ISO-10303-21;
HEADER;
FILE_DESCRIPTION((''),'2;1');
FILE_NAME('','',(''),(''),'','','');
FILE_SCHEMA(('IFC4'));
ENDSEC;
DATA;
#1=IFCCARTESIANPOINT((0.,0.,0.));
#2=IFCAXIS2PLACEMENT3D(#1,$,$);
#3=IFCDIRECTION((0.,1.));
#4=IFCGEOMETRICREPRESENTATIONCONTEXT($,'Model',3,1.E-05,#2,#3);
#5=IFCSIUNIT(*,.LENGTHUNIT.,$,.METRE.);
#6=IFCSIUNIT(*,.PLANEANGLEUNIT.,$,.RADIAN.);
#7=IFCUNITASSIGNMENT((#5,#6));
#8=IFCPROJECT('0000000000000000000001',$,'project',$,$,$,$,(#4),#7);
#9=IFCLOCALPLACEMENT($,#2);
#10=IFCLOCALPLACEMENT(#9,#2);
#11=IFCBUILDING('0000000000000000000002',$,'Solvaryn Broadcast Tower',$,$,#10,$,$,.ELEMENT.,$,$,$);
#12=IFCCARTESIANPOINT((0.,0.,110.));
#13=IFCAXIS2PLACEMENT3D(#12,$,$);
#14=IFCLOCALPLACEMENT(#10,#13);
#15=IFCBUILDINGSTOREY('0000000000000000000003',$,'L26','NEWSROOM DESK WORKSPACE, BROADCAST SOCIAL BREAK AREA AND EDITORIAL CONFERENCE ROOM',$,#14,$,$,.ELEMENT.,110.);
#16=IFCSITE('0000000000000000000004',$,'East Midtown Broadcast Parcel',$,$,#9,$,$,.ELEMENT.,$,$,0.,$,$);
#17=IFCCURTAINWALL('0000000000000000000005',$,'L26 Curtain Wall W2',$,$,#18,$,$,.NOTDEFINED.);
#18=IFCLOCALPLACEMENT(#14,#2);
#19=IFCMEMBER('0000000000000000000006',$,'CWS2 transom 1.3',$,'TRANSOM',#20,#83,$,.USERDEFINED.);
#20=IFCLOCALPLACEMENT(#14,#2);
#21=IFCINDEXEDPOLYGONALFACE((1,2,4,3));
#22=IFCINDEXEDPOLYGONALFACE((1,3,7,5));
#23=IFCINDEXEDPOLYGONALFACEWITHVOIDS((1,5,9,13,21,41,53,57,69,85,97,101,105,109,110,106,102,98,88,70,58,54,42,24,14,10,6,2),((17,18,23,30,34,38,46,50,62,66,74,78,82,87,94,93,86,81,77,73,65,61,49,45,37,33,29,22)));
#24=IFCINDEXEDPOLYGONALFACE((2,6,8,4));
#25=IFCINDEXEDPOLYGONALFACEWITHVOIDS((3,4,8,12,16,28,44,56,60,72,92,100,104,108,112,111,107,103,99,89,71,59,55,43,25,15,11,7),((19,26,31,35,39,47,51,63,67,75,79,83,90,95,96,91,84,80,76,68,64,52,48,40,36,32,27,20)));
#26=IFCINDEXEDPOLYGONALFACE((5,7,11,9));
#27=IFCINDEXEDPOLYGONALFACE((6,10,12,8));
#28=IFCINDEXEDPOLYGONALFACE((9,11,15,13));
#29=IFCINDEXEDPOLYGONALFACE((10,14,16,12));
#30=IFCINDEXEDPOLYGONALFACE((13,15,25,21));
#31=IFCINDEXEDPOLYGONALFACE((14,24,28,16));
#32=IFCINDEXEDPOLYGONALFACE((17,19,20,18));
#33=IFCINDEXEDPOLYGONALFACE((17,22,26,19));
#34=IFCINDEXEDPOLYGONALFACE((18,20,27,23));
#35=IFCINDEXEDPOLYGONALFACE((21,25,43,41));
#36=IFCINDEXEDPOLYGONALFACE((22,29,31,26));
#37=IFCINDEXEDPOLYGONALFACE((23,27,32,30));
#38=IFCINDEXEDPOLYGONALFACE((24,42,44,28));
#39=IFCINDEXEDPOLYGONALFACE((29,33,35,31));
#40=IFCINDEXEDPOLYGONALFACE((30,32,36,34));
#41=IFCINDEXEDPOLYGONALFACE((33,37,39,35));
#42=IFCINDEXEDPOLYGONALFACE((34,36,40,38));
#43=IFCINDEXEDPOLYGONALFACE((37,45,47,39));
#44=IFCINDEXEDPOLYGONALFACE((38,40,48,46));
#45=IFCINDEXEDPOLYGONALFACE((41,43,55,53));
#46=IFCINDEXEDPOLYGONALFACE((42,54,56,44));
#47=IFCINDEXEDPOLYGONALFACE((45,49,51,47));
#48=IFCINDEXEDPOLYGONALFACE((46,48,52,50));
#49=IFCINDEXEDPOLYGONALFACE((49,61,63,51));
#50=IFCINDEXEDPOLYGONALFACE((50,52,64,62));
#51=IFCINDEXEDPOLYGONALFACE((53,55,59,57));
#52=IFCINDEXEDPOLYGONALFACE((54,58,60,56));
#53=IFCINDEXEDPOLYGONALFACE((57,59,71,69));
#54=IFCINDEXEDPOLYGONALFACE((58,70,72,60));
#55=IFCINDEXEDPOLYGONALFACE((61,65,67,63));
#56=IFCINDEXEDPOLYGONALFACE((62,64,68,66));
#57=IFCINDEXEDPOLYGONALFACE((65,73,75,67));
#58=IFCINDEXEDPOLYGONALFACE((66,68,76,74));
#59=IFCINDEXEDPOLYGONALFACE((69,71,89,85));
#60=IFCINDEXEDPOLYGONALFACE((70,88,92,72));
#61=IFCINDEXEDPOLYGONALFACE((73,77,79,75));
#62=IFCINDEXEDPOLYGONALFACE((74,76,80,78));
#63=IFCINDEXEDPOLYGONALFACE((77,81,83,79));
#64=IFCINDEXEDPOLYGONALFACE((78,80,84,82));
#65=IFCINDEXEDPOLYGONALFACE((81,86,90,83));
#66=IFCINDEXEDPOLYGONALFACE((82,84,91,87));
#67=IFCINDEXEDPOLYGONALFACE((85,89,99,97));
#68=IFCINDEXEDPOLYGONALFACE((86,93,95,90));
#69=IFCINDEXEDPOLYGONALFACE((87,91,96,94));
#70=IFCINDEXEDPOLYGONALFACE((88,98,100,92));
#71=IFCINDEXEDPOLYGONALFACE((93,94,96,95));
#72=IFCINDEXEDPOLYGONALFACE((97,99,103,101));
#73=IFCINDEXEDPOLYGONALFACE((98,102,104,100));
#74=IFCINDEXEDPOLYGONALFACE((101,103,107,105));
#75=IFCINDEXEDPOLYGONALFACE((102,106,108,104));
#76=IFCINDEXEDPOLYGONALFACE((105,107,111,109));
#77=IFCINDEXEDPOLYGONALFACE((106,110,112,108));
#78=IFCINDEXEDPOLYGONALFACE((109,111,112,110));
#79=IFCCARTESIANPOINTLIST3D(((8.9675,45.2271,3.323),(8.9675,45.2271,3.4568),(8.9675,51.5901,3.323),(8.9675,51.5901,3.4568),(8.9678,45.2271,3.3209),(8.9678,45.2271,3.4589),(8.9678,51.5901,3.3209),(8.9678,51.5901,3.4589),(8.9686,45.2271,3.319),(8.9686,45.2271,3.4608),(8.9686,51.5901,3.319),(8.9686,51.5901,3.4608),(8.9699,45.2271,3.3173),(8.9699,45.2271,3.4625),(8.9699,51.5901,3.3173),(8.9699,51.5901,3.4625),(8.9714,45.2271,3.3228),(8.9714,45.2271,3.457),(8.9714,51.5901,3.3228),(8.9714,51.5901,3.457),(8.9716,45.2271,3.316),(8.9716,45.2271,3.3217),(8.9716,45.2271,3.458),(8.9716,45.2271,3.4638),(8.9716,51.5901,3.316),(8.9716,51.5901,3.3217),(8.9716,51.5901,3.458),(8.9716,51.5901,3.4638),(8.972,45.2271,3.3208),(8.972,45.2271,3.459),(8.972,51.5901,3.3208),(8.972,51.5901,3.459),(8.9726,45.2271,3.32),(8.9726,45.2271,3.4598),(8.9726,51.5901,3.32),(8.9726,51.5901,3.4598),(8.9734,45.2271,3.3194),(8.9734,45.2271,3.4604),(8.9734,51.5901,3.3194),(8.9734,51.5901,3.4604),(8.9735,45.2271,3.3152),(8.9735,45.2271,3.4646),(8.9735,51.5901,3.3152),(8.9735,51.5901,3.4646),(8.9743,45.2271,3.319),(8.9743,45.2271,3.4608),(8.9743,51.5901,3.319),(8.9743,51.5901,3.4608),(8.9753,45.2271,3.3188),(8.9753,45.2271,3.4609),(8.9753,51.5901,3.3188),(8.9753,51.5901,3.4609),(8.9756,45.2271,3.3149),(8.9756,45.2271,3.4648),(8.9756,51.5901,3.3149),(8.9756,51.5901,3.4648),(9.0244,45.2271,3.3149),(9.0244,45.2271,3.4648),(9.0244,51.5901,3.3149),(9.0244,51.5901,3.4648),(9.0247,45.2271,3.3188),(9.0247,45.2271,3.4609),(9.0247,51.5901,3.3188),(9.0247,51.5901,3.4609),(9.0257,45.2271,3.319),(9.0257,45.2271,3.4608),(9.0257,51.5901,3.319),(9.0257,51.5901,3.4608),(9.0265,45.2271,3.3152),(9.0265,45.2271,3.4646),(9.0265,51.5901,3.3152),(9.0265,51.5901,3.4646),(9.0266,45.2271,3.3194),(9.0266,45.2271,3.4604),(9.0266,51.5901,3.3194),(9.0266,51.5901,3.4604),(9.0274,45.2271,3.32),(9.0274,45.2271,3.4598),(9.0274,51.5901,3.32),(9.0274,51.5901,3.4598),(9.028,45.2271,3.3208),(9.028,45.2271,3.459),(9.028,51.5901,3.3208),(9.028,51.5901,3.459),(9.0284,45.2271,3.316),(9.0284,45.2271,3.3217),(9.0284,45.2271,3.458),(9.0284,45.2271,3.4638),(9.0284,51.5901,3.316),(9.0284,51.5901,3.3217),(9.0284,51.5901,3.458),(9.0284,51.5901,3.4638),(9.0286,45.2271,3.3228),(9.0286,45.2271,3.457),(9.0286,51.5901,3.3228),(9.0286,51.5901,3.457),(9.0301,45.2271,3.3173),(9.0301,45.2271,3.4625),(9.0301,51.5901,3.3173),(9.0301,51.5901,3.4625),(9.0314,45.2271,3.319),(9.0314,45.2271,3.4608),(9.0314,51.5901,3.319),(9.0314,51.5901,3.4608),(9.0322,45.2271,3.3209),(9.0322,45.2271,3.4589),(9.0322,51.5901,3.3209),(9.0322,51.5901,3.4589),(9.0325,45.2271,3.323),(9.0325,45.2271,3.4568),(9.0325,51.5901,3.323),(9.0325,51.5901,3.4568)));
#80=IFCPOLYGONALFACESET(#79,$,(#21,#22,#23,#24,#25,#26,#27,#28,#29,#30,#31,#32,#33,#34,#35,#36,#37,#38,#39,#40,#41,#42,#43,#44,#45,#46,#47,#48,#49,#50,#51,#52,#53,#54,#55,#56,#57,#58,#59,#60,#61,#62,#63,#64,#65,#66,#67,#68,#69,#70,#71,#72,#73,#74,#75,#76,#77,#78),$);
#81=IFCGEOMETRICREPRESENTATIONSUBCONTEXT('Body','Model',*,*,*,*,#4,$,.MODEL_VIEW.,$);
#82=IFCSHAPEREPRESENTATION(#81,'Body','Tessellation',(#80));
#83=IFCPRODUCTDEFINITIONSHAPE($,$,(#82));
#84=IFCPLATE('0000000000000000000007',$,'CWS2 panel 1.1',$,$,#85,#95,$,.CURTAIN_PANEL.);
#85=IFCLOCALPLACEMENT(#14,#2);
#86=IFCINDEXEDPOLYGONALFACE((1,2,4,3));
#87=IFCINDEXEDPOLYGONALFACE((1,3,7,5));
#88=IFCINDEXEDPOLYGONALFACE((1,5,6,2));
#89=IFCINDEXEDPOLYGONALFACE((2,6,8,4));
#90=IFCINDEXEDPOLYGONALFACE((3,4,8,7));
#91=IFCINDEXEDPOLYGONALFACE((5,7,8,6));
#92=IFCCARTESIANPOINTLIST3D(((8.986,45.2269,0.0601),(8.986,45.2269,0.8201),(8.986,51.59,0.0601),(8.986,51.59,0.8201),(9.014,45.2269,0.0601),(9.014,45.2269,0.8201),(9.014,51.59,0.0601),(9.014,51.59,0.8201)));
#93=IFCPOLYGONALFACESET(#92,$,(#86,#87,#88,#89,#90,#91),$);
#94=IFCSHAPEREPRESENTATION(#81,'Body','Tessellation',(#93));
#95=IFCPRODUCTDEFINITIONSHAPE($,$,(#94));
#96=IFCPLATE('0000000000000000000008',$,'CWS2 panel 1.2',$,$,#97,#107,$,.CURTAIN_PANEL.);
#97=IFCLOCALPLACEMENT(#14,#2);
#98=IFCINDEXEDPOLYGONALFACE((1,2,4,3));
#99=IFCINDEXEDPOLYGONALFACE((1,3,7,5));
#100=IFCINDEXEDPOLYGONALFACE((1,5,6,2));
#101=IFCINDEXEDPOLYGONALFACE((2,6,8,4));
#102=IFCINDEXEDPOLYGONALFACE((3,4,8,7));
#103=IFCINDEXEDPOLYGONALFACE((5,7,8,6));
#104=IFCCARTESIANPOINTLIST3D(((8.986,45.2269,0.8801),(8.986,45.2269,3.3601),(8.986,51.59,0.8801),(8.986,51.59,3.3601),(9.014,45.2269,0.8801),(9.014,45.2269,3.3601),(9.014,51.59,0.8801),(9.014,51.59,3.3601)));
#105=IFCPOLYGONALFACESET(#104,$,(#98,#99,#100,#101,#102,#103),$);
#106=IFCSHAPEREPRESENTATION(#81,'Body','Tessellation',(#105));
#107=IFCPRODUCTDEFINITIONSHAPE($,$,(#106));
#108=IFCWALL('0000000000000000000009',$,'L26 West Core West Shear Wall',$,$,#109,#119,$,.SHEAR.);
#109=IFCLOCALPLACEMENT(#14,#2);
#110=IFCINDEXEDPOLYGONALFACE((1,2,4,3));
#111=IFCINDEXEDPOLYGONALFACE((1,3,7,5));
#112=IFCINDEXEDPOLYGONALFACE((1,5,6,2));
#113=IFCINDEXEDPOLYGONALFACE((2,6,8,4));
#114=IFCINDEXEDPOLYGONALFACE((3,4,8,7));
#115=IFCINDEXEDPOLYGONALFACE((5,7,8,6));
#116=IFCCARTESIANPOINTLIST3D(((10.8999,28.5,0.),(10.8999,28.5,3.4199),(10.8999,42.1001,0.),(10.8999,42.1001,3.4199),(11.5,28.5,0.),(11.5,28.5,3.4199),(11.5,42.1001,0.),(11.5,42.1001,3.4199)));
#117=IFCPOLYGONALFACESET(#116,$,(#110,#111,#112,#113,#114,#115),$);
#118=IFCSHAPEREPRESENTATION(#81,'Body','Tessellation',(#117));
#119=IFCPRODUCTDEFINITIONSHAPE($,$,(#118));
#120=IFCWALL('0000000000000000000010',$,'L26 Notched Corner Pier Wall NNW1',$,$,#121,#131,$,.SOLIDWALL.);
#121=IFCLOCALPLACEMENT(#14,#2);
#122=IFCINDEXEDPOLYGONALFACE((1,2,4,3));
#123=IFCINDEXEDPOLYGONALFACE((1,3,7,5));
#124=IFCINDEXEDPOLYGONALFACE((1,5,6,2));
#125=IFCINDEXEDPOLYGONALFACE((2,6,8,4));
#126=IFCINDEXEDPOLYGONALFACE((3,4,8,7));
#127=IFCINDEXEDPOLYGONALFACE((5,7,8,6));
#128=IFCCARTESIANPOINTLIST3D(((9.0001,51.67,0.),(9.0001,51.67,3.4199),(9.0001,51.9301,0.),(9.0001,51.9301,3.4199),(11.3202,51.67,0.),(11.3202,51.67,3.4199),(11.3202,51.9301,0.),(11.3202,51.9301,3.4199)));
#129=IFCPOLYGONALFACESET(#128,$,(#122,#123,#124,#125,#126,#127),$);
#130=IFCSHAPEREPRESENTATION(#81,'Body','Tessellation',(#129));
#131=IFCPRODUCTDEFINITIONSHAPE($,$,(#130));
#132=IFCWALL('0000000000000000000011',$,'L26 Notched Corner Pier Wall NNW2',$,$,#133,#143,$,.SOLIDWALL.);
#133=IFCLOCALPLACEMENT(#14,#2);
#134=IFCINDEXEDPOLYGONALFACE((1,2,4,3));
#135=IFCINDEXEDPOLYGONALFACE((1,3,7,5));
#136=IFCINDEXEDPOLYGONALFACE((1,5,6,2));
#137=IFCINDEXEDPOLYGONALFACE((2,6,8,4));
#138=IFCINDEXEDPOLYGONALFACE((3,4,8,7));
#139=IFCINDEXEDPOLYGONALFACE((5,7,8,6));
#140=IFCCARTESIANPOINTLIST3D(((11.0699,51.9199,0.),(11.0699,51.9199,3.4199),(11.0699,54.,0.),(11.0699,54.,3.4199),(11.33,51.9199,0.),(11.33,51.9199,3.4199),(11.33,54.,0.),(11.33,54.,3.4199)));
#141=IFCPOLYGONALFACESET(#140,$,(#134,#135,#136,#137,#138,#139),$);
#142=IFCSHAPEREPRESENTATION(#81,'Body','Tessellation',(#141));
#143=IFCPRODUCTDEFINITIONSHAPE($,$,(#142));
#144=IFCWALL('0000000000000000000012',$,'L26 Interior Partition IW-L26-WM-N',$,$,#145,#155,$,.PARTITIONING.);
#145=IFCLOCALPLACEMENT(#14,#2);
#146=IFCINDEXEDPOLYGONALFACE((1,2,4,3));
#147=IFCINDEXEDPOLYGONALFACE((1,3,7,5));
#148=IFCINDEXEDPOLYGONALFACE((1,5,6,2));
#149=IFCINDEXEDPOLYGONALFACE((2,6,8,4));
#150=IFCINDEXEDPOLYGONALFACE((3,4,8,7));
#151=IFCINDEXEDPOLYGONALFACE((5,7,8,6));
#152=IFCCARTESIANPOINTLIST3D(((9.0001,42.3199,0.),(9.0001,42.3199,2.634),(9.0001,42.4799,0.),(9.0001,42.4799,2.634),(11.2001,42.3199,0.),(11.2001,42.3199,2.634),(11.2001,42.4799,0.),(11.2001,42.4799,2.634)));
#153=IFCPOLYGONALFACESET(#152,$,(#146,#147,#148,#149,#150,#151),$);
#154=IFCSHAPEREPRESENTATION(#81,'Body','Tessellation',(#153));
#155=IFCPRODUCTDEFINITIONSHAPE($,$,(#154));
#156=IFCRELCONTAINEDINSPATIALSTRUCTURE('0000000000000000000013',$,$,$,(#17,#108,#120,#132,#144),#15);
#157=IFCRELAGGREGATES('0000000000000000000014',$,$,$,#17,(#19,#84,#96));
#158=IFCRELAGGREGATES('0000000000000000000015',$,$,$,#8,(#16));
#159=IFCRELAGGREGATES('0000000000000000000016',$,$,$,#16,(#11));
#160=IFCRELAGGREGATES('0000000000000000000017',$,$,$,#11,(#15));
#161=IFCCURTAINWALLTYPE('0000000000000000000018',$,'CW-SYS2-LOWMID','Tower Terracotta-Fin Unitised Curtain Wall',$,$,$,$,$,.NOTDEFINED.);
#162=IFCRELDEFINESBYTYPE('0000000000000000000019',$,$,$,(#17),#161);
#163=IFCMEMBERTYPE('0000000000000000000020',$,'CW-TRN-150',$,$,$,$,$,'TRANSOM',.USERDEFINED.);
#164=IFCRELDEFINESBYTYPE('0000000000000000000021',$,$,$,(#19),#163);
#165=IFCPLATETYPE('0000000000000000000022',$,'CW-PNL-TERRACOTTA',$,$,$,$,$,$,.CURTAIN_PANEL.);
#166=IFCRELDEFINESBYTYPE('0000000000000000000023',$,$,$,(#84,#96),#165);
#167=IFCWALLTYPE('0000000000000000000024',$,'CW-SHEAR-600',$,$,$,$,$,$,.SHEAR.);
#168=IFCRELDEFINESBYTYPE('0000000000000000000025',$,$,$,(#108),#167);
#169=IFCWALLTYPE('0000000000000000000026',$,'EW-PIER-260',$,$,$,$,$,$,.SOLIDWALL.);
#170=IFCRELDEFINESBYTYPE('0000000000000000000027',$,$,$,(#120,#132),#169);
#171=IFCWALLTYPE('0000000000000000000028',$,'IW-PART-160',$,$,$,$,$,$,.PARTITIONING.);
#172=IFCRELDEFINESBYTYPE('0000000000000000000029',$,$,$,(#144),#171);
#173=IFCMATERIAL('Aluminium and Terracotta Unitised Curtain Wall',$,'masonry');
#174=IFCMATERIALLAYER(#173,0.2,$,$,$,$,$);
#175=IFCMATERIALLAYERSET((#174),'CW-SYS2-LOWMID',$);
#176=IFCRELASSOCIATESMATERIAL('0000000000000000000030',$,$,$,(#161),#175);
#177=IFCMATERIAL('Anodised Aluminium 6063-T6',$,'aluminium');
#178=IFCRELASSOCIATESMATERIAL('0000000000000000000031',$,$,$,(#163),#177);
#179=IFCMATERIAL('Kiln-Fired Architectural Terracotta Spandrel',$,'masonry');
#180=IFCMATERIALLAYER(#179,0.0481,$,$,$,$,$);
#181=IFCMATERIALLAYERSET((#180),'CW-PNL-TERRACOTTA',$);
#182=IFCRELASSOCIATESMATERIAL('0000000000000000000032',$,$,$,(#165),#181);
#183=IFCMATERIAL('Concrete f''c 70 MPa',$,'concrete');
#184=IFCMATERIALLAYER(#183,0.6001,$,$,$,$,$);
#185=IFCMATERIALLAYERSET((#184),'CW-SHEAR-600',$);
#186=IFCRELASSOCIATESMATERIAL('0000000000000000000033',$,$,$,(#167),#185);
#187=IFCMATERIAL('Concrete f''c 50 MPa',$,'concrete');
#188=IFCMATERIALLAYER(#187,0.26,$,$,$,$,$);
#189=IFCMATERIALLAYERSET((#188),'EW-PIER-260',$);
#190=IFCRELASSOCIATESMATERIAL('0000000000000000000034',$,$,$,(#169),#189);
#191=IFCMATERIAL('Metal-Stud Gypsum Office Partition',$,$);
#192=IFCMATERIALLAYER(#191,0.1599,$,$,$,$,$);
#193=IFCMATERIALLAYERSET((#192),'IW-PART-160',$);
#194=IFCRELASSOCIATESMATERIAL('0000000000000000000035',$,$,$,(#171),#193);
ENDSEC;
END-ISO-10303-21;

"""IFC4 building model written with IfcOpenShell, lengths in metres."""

from ifc_helpers import new_model, si_unit, direction, frame, frame_2d, origin, origin_2d, place, context, subcontext, project, spatial, rectangle, hollow_rectangle, extrude, material, layer, layer_set, material_profile, profile_set, type_object, element, aggregate, save


model = new_model("IFC4")

# Units and contexts
model_context = context("Model", 3, precision=1e-05, world=origin(), true_north=direction((0.0, 1.0)))
body_context = subcontext(model_context, "Body", "Model", "MODEL_VIEW")
ifc_project = project(units=[si_unit("LENGTHUNIT", "METRE"), si_unit("PLANEANGLEUNIT", "RADIAN")], contexts=[model_context])

# Site, building, storey
site_placement = place(None, origin())
site = spatial("IfcSite", under=ifc_project, at=site_placement, Name="East Midtown Broadcast Parcel", CompositionType="ELEMENT", RefElevation=0.0)
building_placement = place(site_placement, origin())
building = spatial("IfcBuilding", under=site, at=building_placement, Name="Solvaryn Broadcast Tower", CompositionType="ELEMENT")
storey_placement = place(building_placement, frame((0.0, 0.0, 110.0)))
storey = spatial("IfcBuildingStorey", under=building, at=storey_placement, Name="L26", Description="NEWSROOM DESK WORKSPACE, BROADCAST SOCIAL BREAK AREA AND EDITORIAL CONFERENCE ROOM", CompositionType="ELEMENT", Elevation=110.0)

# Shared definitions
ifc_material_1 = material(Name="Aluminium and Terracotta Unitised Curtain Wall", Category="masonry")
ifc_layer_1 = layer(ifc_material_1, 0.2)
ifc_layer_set_1 = layer_set([ifc_layer_1], Name="CW-SYS2-LOWMID")
curtain_wall_type = type_object("IfcCurtainWallType", Name="CW-SYS2-LOWMID", Description="Tower Terracotta-Fin Unitised Curtain Wall", PredefinedType="NOTDEFINED", material=ifc_layer_set_1)

# Curtain wall
curtain_wall_1_placement = place(storey_placement, origin())
curtain_wall_1 = element("IfcCurtainWall", 1, at=curtain_wall_1_placement, inside=storey, type_object=curtain_wall_type, Name="L26 Curtain Wall W2", PredefinedType="NOTDEFINED")

# Member
ifc_material_2 = material(Name="Anodised Aluminium 6063-T6", Category="aluminium")
ifc_material_profile_1 = material_profile(ifc_material_2, hollow_rectangle(XDim=0.0649, YDim=0.1499, WallThickness=0.0039, InnerFilletRadius=0.0039, OuterFilletRadius=0.0081, at=origin_2d()))
ifc_profile_set_1 = profile_set([ifc_material_profile_1], Name="Anodised Aluminium 6063-T6")
member_type_1 = type_object("IfcMemberType", Name="CW-TRN-150", ElementType="TRANSOM", PredefinedType="USERDEFINED", material=ifc_profile_set_1)
member_1_placement = place(storey_placement, frame((9.0, 45.2271, 3.3899), z_axis=(0.0, 1.0, 0.0), x_axis=(-1.0, 0.0, 0.0)))
member_1 = element("IfcMember", 2, at=member_1_placement, type_object=member_type_1, Name="CWS2 transom 1.3", ObjectType="TRANSOM", PredefinedType="USERDEFINED", context=body_context, shape_type="SweptSolid", body=[
    extrude(hollow_rectangle(XDim=0.0649, YDim=0.1499, WallThickness=0.0039, InnerFilletRadius=0.0039, OuterFilletRadius=0.0081, at=origin_2d()), origin(), (0.0, 0.0, 1.0), 6.363),
])

# Plates
ifc_material_3 = material(Name="Kiln-Fired Architectural Terracotta Spandrel", Category="masonry")
ifc_layer_2 = layer(ifc_material_3, 0.0481)
ifc_layer_set_2 = layer_set([ifc_layer_2], Name="CW-PNL-TERRACOTTA")
plate_type = type_object("IfcPlateType", Name="CW-PNL-TERRACOTTA", PredefinedType="CURTAIN_PANEL", material=ifc_layer_set_2)
plate_1_placement = place(storey_placement, frame((9.0, 48.4084, 0.0601), z_axis=(0.0, 0.0, 1.0), x_axis=(0.0, 1.0, 0.0)))
plate_1 = element("IfcPlate", 3, at=plate_1_placement, type_object=plate_type, Name="CWS2 panel 1.1", PredefinedType="CURTAIN_PANEL", context=body_context, shape_type="SweptSolid", body=[
    extrude(rectangle(XDim=6.363, YDim=0.0281, at=origin_2d()), origin(), (0.0, 0.0, 1.0), 0.76),
])
plate_2_placement = place(storey_placement, frame((9.0, 48.4084, 0.8801), z_axis=(0.0, 0.0, 1.0), x_axis=(0.0, 1.0, 0.0)))
plate_2 = element("IfcPlate", 4, at=plate_2_placement, type_object=plate_type, Name="CWS2 panel 1.2", PredefinedType="CURTAIN_PANEL", context=body_context, shape_type="SweptSolid", body=[
    extrude(rectangle(XDim=6.363, YDim=0.0281, at=origin_2d()), origin(), (0.0, 0.0, 1.0), 2.48),
])
aggregate(curtain_wall_1, [member_1, plate_1, plate_2])

# Walls
ifc_material_4 = material(Name="Concrete f'c 70 MPa", Category="concrete")
ifc_layer_3 = layer(ifc_material_4, 0.6001)
ifc_layer_set_3 = layer_set([ifc_layer_3], Name="CW-SHEAR-600")
wall_type_1 = type_object("IfcWallType", Name="CW-SHEAR-600", PredefinedType="SHEAR", material=ifc_layer_set_3)
wall_1_placement = place(storey_placement, frame((11.2, 42.1001, 0.0), z_axis=(0.0, 0.0, 1.0), x_axis=(0.0, -1.0, 0.0)))
element("IfcWall", 5, at=wall_1_placement, inside=storey, type_object=wall_type_1, Name="L26 West Core West Shear Wall", PredefinedType="SHEAR", context=body_context, shape_type="SweptSolid", body=[
    extrude(rectangle(XDim=13.6001, YDim=0.6001, at=frame_2d((6.8, 0.0))), origin(), (0.0, 0.0, 1.0), 3.4199),
])
ifc_material_5 = material(Name="Concrete f'c 50 MPa", Category="concrete")
ifc_layer_4 = layer(ifc_material_5, 0.26)
ifc_layer_set_4 = layer_set([ifc_layer_4], Name="EW-PIER-260")
wall_type_2 = type_object("IfcWallType", Name="EW-PIER-260", PredefinedType="SOLIDWALL", material=ifc_layer_set_4)
wall_2_placement = place(storey_placement, frame((9.0, 51.8, 0.0), z_axis=(0.0, 0.0, 1.0), x_axis=(1.0, 0.0, 0.0)))
element("IfcWall", 6, at=wall_2_placement, inside=storey, type_object=wall_type_2, Name="L26 Notched Corner Pier Wall NNW1", PredefinedType="SOLIDWALL", context=body_context, shape_type="SweptSolid", body=[
    extrude(rectangle(XDim=2.3201, YDim=0.26, at=frame_2d((1.1602, 0.0))), origin(), (0.0, 0.0, 1.0), 3.4199),
])
wall_3_placement = place(storey_placement, frame((11.2, 51.9199, 0.0), z_axis=(0.0, 0.0, 1.0), x_axis=(0.0, 1.0, 0.0)))
element("IfcWall", 7, at=wall_3_placement, inside=storey, type_object=wall_type_2, Name="L26 Notched Corner Pier Wall NNW2", PredefinedType="SOLIDWALL", context=body_context, shape_type="SweptSolid", body=[
    extrude(rectangle(XDim=2.0801, YDim=0.26, at=frame_2d((1.04, 0.0))), origin(), (0.0, 0.0, 1.0), 3.4199),
])
ifc_material_6 = material(Name="Metal-Stud Gypsum Office Partition")
ifc_layer_5 = layer(ifc_material_6, 0.1599)
ifc_layer_set_5 = layer_set([ifc_layer_5], Name="IW-PART-160")
wall_type_3 = type_object("IfcWallType", Name="IW-PART-160", PredefinedType="PARTITIONING", material=ifc_layer_set_5)
wall_4_placement = place(storey_placement, frame((9.0, 42.3999, 0.0), z_axis=(0.0, 0.0, 1.0), x_axis=(1.0, 0.0, 0.0)))
element("IfcWall", 8, at=wall_4_placement, inside=storey, type_object=wall_type_3, Name="L26 Interior Partition IW-L26-WM-N", PredefinedType="PARTITIONING", context=body_context, shape_type="SweptSolid", body=[
    extrude(rectangle(XDim=2.2, YDim=0.1599, at=frame_2d((1.1001, 0.0))), origin(), (0.0, 0.0, 1.0), 2.634),
])

save(model, "model.ifc")
